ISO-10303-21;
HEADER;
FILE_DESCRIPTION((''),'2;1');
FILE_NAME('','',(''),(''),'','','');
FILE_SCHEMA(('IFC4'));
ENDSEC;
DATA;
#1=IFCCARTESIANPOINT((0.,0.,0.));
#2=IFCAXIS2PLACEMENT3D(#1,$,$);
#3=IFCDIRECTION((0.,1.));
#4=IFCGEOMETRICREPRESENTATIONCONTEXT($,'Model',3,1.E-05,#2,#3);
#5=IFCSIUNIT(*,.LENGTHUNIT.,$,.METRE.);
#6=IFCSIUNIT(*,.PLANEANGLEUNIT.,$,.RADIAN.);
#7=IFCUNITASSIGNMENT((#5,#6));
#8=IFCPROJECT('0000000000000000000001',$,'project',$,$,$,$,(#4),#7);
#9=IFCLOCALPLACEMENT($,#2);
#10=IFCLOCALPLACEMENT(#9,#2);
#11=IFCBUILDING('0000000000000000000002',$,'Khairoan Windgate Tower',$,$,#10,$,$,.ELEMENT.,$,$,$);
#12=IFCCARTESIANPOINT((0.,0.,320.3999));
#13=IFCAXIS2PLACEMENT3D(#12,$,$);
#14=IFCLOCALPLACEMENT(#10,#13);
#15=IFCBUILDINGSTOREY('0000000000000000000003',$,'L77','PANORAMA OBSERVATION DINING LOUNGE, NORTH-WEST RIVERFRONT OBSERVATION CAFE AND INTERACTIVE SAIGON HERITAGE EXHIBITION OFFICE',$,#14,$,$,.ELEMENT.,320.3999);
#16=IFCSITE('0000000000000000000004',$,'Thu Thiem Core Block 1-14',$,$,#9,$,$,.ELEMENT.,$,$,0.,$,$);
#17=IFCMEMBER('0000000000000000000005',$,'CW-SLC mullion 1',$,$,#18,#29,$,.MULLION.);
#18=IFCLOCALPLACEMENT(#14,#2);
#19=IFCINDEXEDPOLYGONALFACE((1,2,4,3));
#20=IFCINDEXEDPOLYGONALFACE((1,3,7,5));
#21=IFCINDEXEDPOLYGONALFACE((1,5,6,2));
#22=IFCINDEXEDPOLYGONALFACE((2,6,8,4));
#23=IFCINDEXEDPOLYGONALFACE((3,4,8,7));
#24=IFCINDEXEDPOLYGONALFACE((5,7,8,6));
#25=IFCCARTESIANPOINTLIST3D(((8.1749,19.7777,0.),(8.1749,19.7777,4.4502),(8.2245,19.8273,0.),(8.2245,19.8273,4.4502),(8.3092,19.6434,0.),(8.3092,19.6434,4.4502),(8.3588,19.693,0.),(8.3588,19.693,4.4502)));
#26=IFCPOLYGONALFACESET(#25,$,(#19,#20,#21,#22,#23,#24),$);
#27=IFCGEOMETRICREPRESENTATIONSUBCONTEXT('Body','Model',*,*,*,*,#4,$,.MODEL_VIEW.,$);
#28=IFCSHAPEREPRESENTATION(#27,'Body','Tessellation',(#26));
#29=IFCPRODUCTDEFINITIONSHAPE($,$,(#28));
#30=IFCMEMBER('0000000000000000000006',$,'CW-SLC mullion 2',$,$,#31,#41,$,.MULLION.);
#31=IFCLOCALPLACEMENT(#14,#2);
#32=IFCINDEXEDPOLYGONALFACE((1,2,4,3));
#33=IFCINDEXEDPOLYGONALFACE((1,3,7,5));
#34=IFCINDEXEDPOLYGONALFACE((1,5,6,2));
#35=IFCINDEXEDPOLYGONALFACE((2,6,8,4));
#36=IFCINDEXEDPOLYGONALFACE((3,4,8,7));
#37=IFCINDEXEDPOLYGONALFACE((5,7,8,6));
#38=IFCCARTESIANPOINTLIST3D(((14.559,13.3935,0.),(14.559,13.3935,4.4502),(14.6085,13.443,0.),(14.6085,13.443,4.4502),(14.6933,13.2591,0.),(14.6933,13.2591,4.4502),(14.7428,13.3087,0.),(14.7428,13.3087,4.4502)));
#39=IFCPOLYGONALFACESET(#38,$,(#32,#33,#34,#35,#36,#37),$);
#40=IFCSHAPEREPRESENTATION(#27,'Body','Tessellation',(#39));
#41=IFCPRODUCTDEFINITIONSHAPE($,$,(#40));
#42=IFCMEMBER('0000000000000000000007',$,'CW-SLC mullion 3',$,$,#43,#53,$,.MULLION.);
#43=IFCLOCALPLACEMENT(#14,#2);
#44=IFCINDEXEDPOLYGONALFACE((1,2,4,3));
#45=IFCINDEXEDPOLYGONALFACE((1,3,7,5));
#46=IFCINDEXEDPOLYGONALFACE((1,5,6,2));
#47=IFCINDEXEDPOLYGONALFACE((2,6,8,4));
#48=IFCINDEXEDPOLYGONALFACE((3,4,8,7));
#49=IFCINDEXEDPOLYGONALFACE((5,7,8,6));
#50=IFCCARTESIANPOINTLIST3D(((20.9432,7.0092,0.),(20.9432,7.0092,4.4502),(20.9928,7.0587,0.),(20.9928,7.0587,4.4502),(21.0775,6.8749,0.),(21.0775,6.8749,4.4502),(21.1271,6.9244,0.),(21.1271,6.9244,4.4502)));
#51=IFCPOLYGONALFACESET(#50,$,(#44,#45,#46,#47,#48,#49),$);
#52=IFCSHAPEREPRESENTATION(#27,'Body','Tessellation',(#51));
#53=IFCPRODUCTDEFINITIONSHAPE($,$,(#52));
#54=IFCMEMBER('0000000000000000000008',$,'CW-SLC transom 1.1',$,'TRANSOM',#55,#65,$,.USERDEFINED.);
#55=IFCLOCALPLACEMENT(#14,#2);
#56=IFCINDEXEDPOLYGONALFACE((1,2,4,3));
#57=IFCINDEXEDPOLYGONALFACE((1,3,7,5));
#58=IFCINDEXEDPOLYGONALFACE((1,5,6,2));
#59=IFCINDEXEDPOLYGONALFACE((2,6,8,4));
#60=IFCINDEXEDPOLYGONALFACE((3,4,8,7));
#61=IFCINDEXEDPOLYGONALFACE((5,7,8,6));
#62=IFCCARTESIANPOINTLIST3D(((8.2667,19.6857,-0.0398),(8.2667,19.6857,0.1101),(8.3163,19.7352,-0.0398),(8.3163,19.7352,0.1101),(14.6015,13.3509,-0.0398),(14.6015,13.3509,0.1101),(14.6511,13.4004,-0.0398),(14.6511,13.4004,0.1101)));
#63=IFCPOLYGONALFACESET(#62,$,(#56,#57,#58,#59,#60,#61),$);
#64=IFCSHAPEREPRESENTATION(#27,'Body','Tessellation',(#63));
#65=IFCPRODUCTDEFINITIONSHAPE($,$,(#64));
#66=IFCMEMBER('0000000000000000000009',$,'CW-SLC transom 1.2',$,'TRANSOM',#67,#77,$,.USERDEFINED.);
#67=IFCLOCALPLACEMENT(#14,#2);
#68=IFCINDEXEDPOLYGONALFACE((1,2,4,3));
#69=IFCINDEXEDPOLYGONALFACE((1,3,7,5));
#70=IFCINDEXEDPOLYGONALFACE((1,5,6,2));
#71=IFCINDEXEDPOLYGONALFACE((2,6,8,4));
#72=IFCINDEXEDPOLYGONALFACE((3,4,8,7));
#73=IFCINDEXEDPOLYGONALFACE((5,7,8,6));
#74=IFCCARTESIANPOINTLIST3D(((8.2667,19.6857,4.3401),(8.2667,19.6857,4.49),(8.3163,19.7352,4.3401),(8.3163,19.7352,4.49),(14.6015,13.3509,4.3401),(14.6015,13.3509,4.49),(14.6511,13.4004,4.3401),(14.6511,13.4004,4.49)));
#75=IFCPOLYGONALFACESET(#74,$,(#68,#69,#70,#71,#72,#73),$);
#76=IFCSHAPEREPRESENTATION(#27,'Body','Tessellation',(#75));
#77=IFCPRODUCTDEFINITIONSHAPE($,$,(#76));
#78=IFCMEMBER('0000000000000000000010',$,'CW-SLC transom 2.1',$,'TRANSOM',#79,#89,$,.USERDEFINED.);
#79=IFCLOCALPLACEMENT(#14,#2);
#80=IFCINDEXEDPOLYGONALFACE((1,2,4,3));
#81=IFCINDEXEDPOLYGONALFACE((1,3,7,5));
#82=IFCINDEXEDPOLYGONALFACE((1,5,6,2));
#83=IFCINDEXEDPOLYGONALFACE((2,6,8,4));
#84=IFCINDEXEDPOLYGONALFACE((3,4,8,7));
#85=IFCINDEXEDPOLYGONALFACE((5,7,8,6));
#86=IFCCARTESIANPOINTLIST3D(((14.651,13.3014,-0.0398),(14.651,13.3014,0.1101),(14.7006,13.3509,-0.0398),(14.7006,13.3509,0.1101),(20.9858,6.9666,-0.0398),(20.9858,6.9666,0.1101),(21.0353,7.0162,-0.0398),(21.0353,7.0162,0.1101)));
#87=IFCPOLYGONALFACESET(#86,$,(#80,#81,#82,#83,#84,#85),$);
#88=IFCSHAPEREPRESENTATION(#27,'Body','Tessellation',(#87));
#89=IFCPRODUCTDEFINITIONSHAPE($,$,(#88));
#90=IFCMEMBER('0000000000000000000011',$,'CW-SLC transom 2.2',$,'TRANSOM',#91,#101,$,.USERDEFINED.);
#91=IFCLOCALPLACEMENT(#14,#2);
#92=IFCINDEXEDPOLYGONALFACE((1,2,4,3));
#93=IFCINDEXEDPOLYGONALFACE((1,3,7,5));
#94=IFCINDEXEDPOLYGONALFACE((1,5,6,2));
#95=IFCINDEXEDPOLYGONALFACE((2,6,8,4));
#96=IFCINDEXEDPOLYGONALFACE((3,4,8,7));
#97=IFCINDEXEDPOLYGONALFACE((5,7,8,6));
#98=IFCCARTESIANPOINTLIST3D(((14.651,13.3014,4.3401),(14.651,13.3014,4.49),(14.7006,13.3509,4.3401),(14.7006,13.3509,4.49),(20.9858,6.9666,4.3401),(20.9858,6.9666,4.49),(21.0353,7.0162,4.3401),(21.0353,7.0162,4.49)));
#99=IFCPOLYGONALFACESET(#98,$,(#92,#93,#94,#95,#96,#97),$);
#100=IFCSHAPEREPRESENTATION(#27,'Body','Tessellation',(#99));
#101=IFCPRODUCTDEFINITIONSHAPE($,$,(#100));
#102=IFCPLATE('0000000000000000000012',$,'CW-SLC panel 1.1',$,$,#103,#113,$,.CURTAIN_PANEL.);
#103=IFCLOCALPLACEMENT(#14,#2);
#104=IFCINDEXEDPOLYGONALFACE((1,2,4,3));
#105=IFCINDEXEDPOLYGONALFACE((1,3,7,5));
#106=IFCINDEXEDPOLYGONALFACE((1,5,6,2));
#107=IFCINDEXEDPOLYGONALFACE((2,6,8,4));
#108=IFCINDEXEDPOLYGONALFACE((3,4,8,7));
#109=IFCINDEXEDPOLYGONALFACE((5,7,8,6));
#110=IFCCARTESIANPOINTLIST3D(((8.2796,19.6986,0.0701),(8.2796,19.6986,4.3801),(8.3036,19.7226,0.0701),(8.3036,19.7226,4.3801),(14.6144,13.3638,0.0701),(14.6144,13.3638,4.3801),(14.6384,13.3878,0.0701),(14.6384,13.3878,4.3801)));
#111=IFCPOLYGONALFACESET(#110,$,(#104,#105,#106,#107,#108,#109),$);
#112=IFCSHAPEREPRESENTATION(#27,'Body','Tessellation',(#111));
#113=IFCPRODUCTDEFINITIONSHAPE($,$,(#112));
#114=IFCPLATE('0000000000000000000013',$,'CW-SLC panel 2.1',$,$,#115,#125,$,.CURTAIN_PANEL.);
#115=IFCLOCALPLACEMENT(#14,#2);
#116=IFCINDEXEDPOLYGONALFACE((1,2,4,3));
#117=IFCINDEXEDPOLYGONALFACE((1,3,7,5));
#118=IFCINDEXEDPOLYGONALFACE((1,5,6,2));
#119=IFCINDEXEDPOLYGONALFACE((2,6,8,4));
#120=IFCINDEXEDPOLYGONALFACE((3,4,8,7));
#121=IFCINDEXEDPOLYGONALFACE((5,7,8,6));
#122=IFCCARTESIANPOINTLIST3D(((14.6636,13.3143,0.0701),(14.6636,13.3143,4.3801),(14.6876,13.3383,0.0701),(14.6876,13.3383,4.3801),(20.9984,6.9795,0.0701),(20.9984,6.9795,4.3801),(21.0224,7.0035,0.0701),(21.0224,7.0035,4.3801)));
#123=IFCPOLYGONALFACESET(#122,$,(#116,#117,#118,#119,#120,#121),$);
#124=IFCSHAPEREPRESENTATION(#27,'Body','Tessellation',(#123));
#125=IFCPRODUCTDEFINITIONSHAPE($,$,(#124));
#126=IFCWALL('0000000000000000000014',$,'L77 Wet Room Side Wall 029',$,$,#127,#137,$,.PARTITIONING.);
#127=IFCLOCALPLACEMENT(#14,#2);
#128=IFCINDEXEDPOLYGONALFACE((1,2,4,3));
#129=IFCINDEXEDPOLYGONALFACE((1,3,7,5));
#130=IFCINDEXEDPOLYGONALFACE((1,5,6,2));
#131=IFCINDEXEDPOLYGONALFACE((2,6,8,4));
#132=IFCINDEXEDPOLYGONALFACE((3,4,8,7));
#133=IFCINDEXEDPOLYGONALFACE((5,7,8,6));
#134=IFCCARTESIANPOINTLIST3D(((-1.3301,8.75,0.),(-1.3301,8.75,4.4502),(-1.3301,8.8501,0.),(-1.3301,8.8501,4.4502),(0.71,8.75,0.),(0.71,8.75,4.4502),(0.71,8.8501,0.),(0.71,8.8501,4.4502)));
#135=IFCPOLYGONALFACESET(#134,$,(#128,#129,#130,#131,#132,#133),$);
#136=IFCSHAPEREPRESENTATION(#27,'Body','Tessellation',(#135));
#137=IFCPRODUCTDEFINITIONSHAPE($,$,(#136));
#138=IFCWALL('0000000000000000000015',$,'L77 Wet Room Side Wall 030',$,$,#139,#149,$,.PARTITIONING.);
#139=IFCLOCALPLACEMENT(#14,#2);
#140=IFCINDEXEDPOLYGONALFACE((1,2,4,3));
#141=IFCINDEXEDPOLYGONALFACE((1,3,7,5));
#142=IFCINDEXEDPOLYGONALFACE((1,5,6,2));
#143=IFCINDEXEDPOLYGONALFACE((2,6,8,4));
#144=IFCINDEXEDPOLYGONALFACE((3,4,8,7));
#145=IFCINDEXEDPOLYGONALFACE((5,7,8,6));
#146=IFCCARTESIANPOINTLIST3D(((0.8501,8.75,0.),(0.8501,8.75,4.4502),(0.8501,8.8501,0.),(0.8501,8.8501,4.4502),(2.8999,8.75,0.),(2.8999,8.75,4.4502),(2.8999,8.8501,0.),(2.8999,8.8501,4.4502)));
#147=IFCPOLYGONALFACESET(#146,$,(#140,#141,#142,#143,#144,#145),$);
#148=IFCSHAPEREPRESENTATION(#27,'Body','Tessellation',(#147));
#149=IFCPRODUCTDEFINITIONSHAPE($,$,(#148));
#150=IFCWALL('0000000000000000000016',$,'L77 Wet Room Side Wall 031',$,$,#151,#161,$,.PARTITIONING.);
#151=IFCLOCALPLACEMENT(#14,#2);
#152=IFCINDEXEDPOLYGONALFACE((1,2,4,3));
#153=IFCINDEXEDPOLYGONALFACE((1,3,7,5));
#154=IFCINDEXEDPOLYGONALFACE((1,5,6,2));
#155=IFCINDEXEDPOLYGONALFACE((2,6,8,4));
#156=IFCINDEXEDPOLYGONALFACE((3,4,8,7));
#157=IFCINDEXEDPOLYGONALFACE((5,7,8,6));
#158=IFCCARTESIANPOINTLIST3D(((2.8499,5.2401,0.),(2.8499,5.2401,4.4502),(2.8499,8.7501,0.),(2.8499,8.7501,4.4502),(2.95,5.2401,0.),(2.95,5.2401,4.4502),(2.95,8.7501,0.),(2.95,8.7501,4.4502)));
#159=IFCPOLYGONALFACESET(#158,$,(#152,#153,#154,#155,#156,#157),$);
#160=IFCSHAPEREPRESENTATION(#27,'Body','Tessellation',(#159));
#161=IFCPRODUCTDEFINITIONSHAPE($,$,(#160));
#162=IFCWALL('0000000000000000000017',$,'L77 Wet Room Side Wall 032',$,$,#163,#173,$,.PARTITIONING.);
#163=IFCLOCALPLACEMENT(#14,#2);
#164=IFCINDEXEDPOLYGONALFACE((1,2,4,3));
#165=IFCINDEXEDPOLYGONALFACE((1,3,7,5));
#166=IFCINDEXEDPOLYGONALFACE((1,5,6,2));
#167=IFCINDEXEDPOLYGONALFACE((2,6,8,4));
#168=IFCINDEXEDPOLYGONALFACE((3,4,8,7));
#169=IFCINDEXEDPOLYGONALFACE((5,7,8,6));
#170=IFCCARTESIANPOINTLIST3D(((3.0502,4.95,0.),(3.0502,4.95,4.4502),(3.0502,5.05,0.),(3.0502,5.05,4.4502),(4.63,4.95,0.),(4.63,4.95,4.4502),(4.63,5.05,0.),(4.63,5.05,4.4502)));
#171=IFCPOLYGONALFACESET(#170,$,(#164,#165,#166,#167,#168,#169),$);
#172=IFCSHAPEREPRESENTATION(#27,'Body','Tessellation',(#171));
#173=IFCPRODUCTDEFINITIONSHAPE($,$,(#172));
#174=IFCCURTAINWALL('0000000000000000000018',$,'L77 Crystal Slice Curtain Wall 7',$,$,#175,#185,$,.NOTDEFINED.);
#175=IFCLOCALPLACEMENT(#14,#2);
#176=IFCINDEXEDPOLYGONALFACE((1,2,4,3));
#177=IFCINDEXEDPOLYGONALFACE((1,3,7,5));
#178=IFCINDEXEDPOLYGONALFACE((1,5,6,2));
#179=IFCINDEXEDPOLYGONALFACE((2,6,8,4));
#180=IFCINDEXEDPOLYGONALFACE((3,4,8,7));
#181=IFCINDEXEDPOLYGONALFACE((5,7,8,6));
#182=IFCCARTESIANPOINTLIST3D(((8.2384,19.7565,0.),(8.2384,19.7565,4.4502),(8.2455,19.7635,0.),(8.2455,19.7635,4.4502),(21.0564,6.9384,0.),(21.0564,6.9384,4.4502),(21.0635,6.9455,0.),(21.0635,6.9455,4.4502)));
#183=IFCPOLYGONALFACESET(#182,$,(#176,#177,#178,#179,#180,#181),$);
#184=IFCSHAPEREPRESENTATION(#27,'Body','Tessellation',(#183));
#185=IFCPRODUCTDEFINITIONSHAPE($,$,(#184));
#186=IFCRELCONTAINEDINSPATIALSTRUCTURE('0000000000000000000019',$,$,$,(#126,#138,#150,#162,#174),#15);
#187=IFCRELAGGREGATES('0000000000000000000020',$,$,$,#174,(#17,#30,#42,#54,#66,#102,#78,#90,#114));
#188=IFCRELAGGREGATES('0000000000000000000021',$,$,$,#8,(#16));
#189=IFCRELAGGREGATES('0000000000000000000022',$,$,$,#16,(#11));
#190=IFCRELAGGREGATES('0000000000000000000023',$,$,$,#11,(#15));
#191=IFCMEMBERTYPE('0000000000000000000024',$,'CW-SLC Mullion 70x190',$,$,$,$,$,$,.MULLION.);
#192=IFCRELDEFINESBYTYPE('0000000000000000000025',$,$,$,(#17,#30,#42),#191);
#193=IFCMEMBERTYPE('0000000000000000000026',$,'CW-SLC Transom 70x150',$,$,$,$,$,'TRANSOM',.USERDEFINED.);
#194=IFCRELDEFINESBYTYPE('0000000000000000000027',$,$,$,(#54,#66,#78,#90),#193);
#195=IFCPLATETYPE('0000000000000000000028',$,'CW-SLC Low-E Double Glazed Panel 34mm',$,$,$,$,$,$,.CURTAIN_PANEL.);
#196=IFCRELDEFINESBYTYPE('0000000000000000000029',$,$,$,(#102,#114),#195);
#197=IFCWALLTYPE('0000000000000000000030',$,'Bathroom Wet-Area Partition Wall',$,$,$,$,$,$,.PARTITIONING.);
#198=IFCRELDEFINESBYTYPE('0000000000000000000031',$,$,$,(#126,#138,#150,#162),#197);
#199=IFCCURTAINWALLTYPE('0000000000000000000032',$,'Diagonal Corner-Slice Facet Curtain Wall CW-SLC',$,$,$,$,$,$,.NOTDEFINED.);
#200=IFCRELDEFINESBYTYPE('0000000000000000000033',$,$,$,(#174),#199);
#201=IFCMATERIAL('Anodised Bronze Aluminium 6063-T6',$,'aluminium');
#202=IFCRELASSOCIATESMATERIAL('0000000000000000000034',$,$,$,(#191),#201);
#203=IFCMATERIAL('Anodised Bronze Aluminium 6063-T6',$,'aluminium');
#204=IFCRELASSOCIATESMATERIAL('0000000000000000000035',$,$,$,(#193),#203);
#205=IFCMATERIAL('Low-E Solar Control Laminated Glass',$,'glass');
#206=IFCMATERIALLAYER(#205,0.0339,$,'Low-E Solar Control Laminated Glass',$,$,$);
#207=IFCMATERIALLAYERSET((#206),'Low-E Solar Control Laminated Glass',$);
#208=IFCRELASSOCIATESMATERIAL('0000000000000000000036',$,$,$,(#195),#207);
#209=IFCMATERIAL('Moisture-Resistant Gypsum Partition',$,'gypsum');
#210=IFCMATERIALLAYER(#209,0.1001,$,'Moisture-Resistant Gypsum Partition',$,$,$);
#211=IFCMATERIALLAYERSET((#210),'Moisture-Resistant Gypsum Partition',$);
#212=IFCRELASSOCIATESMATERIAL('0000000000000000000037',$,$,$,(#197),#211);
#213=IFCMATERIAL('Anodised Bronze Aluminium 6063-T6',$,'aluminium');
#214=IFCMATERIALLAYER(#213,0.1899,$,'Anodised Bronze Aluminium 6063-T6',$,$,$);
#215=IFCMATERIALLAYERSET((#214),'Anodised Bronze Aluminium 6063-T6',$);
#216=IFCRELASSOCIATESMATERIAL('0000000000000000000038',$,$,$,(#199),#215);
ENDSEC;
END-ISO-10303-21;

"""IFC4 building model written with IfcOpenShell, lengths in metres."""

from ifc_helpers import new_model, si_unit, direction, frame, frame_2d, origin, origin_2d, place, context, subcontext, project, spatial, rectangle, extrude, material, layer, layer_set, material_profile, profile_set, type_object, element, aggregate, save


model = new_model("IFC4")

# Units and contexts
model_context = context("Model", 3, precision=1e-05, world=origin(), true_north=direction((0.0, 1.0)))
body_context = subcontext(model_context, "Body", "Model", "MODEL_VIEW")
ifc_project = project(units=[si_unit("LENGTHUNIT", "METRE"), si_unit("PLANEANGLEUNIT", "RADIAN")], contexts=[model_context])

# Site, building, storey
site_placement = place(None, origin())
site = spatial("IfcSite", under=ifc_project, at=site_placement, Name="Thu Thiem Core Block 1-14", CompositionType="ELEMENT", RefElevation=0.0)
building_placement = place(site_placement, origin())
building = spatial("IfcBuilding", under=site, at=building_placement, Name="Khairoan Windgate Tower", CompositionType="ELEMENT")
storey_placement = place(building_placement, frame((0.0, 0.0, 320.3999)))
storey = spatial("IfcBuildingStorey", under=building, at=storey_placement, Name="L77", Description="PANORAMA OBSERVATION DINING LOUNGE, NORTH-WEST RIVERFRONT OBSERVATION CAFE AND INTERACTIVE SAIGON HERITAGE EXHIBITION OFFICE", CompositionType="ELEMENT", Elevation=320.3999)

# Members
ifc_material_1 = material(Name="Anodised Bronze Aluminium 6063-T6", Category="aluminium")
ifc_material_profile_1 = material_profile(ifc_material_1, rectangle(XDim=0.0701, YDim=0.1899, at=origin_2d()))
ifc_profile_set_1 = profile_set([ifc_material_profile_1], Name="Anodised Bronze Aluminium 6063-T6")
member_type_1 = type_object("IfcMemberType", Name="CW-SLC Mullion 70x190", PredefinedType="MULLION", material=ifc_profile_set_1)
member_1_placement = place(storey_placement, frame((8.2668, 19.7354, 0.0), z_axis=(0.0, 0.0, 1.0), x_axis=(0.707107, 0.707107, 0.0)))
member_1 = element("IfcMember", 1, at=member_1_placement, type_object=member_type_1, Name="CW-SLC mullion 1", PredefinedType="MULLION", context=body_context, shape_type="SweptSolid", body=[
    extrude(rectangle(XDim=0.0701, YDim=0.1899, at=origin_2d()), origin(), (0.0, 0.0, 1.0), 4.4502),
])
member_2_placement = place(storey_placement, frame((14.6509, 13.3511, 0.0), z_axis=(0.0, 0.0, 1.0), x_axis=(0.707107, 0.707107, 0.0)))
member_2 = element("IfcMember", 2, at=member_2_placement, type_object=member_type_1, Name="CW-SLC mullion 2", PredefinedType="MULLION", context=body_context, shape_type="SweptSolid", body=[
    extrude(rectangle(XDim=0.0701, YDim=0.1899, at=origin_2d()), origin(), (0.0, 0.0, 1.0), 4.4502),
])
member_3_placement = place(storey_placement, frame((21.0352, 6.9668, 0.0), z_axis=(0.0, 0.0, 1.0), x_axis=(0.707107, 0.707107, 0.0)))
member_3 = element("IfcMember", 3, at=member_3_placement, type_object=member_type_1, Name="CW-SLC mullion 3", PredefinedType="MULLION", context=body_context, shape_type="SweptSolid", body=[
    extrude(rectangle(XDim=0.0701, YDim=0.1899, at=origin_2d()), origin(), (0.0, 0.0, 1.0), 4.4502),
])
ifc_material_2 = material(Name="Anodised Bronze Aluminium 6063-T6", Category="aluminium")
ifc_material_profile_2 = material_profile(ifc_material_2, rectangle(XDim=0.0701, YDim=0.1499, at=origin_2d()))
ifc_profile_set_2 = profile_set([ifc_material_profile_2], Name="Anodised Bronze Aluminium 6063-T6")
member_type_2 = type_object("IfcMemberType", Name="CW-SLC Transom 70x150", ElementType="TRANSOM", PredefinedType="USERDEFINED", material=ifc_profile_set_2)
member_4_placement = place(storey_placement, frame((8.2915, 19.7104, 0.0352), z_axis=(0.707107, -0.707107, 0.0), x_axis=(0.707107, 0.707107, 0.0)))
member_4 = element("IfcMember", 4, at=member_4_placement, type_object=member_type_2, Name="CW-SLC transom 1.1", ObjectType="TRANSOM", PredefinedType="USERDEFINED", context=body_context, shape_type="SweptSolid", body=[
    extrude(rectangle(XDim=0.0701, YDim=0.1499, at=origin_2d()), origin(), (0.0, 0.0, 1.0), 8.9587),
])
member_5_placement = place(storey_placement, frame((8.2915, 19.7104, 4.415), z_axis=(0.707107, -0.707107, 0.0), x_axis=(0.707107, 0.707107, 0.0)))
member_5 = element("IfcMember", 5, at=member_5_placement, type_object=member_type_2, Name="CW-SLC transom 1.2", ObjectType="TRANSOM", PredefinedType="USERDEFINED", context=body_context, shape_type="SweptSolid", body=[
    extrude(rectangle(XDim=0.0701, YDim=0.1499, at=origin_2d()), origin(), (0.0, 0.0, 1.0), 8.9587),
])
member_6_placement = place(storey_placement, frame((14.6758, 13.3262, 0.0352), z_axis=(0.707107, -0.707107, 0.0), x_axis=(0.707107, 0.707107, 0.0)))
member_6 = element("IfcMember", 6, at=member_6_placement, type_object=member_type_2, Name="CW-SLC transom 2.1", ObjectType="TRANSOM", PredefinedType="USERDEFINED", context=body_context, shape_type="SweptSolid", body=[
    extrude(rectangle(XDim=0.0701, YDim=0.1499, at=origin_2d()), origin(), (0.0, 0.0, 1.0), 8.9587),
])
member_7_placement = place(storey_placement, frame((14.6758, 13.3262, 4.415), z_axis=(0.707107, -0.707107, 0.0), x_axis=(0.707107, 0.707107, 0.0)))
member_7 = element("IfcMember", 7, at=member_7_placement, type_object=member_type_2, Name="CW-SLC transom 2.2", ObjectType="TRANSOM", PredefinedType="USERDEFINED", context=body_context, shape_type="SweptSolid", body=[
    extrude(rectangle(XDim=0.0701, YDim=0.1499, at=origin_2d()), origin(), (0.0, 0.0, 1.0), 8.9587),
])

# Plates
ifc_material_3 = material(Name="Low-E Solar Control Laminated Glass", Category="glass")
ifc_layer_1 = layer(ifc_material_3, 0.0339, Name="Low-E Solar Control Laminated Glass")
ifc_layer_set_1 = layer_set([ifc_layer_1], Name="Low-E Solar Control Laminated Glass")
plate_type = type_object("IfcPlateType", Name="CW-SLC Low-E Double Glazed Panel 34mm", PredefinedType="CURTAIN_PANEL", material=ifc_layer_set_1)
plate_1_placement = place(storey_placement, frame((11.459, 16.5432, 0.0701), z_axis=(0.0, 0.0, 1.0), x_axis=(0.707107, -0.707107, 0.0)))
plate_1 = element("IfcPlate", 8, at=plate_1_placement, type_object=plate_type, Name="CW-SLC panel 1.1", PredefinedType="CURTAIN_PANEL", context=body_context, shape_type="SweptSolid", body=[
    extrude(rectangle(XDim=8.9587, YDim=0.0339, at=origin_2d()), origin(), (0.0, 0.0, 1.0), 4.3101),
])
plate_2_placement = place(storey_placement, frame((17.843, 10.1589, 0.0701), z_axis=(0.0, 0.0, 1.0), x_axis=(0.707107, -0.707107, 0.0)))
plate_2 = element("IfcPlate", 9, at=plate_2_placement, type_object=plate_type, Name="CW-SLC panel 2.1", PredefinedType="CURTAIN_PANEL", context=body_context, shape_type="SweptSolid", body=[
    extrude(rectangle(XDim=8.9587, YDim=0.0339, at=origin_2d()), origin(), (0.0, 0.0, 1.0), 4.3101),
])

# Walls
ifc_material_4 = material(Name="Moisture-Resistant Gypsum Partition", Category="gypsum")
ifc_layer_2 = layer(ifc_material_4, 0.1001, Name="Moisture-Resistant Gypsum Partition")
ifc_layer_set_2 = layer_set([ifc_layer_2], Name="Moisture-Resistant Gypsum Partition")
wall_type_1 = type_object("IfcWallType", Name="Bathroom Wet-Area Partition Wall", PredefinedType="PARTITIONING", material=ifc_layer_set_2)
wall_1_placement = place(storey_placement, frame((-1.3301, 8.8, 0.0), z_axis=(0.0, 0.0, 1.0), x_axis=(1.0, 0.0, 0.0)))
element("IfcWall", 10, at=wall_1_placement, inside=storey, type_object=wall_type_1, Name="L77 Wet Room Side Wall 029", PredefinedType="PARTITIONING", context=body_context, shape_type="SweptSolid", body=[
    extrude(rectangle(XDim=2.04, YDim=0.1001, at=frame_2d((1.02, 0.0))), origin(), (0.0, 0.0, 1.0), 4.4502),
])
wall_2_placement = place(storey_placement, frame((0.8501, 8.8, 0.0), z_axis=(0.0, 0.0, 1.0), x_axis=(1.0, 0.0, 0.0)))
element("IfcWall", 11, at=wall_2_placement, inside=storey, type_object=wall_type_1, Name="L77 Wet Room Side Wall 030", PredefinedType="PARTITIONING", context=body_context, shape_type="SweptSolid", body=[
    extrude(rectangle(XDim=2.0498, YDim=0.1001, at=frame_2d((1.0249, 0.0))), origin(), (0.0, 0.0, 1.0), 4.4502),
])
wall_3_placement = place(storey_placement, frame((2.8999, 8.75, 0.0), z_axis=(0.0, 0.0, 1.0), x_axis=(0.0, -1.0, 0.0)))
element("IfcWall", 12, at=wall_3_placement, inside=storey, type_object=wall_type_1, Name="L77 Wet Room Side Wall 031", PredefinedType="PARTITIONING", context=body_context, shape_type="SweptSolid", body=[
    extrude(rectangle(XDim=3.51, YDim=0.1001, at=frame_2d((1.7549, 0.0))), origin(), (0.0, 0.0, 1.0), 4.4502),
])
wall_4_placement = place(storey_placement, frame((3.05, 5.0, 0.0), z_axis=(0.0, 0.0, 1.0), x_axis=(1.0, 0.0, 0.0)))
element("IfcWall", 13, at=wall_4_placement, inside=storey, type_object=wall_type_1, Name="L77 Wet Room Side Wall 032", PredefinedType="PARTITIONING", context=body_context, shape_type="SweptSolid", body=[
    extrude(rectangle(XDim=1.5798, YDim=0.1001, at=frame_2d((0.79, 0.0))), origin(), (0.0, 0.0, 1.0), 4.4502),
])

# Curtain wall
ifc_material_5 = material(Name="Anodised Bronze Aluminium 6063-T6", Category="aluminium")
ifc_layer_3 = layer(ifc_material_5, 0.1899, Name="Anodised Bronze Aluminium 6063-T6")
ifc_layer_set_3 = layer_set([ifc_layer_3], Name="Anodised Bronze Aluminium 6063-T6")
curtain_wall_type = type_object("IfcCurtainWallType", Name="Diagonal Corner-Slice Facet Curtain Wall CW-SLC", PredefinedType="NOTDEFINED", material=ifc_layer_set_3)
curtain_wall_placement = place(storey_placement, frame((8.2419, 19.76, 0.0), z_axis=(0.0, 0.0, 1.0), x_axis=(0.707107, -0.707107, 0.0)))
curtain_wall = element("IfcCurtainWall", 14, at=curtain_wall_placement, inside=storey, type_object=curtain_wall_type, Name="L77 Crystal Slice Curtain Wall 7", PredefinedType="NOTDEFINED", context=body_context, shape_type="SweptSolid", body=[
    extrude(rectangle(XDim=18.1274, YDim=0.01, at=frame_2d((9.0637, 0.0))), origin(), (0.0, 0.0, 1.0), 4.4502),
])
aggregate(curtain_wall, [member_1, member_2, member_3, member_4, member_5, plate_1, member_6, member_7, plate_2])

save(model, "model.ifc")
